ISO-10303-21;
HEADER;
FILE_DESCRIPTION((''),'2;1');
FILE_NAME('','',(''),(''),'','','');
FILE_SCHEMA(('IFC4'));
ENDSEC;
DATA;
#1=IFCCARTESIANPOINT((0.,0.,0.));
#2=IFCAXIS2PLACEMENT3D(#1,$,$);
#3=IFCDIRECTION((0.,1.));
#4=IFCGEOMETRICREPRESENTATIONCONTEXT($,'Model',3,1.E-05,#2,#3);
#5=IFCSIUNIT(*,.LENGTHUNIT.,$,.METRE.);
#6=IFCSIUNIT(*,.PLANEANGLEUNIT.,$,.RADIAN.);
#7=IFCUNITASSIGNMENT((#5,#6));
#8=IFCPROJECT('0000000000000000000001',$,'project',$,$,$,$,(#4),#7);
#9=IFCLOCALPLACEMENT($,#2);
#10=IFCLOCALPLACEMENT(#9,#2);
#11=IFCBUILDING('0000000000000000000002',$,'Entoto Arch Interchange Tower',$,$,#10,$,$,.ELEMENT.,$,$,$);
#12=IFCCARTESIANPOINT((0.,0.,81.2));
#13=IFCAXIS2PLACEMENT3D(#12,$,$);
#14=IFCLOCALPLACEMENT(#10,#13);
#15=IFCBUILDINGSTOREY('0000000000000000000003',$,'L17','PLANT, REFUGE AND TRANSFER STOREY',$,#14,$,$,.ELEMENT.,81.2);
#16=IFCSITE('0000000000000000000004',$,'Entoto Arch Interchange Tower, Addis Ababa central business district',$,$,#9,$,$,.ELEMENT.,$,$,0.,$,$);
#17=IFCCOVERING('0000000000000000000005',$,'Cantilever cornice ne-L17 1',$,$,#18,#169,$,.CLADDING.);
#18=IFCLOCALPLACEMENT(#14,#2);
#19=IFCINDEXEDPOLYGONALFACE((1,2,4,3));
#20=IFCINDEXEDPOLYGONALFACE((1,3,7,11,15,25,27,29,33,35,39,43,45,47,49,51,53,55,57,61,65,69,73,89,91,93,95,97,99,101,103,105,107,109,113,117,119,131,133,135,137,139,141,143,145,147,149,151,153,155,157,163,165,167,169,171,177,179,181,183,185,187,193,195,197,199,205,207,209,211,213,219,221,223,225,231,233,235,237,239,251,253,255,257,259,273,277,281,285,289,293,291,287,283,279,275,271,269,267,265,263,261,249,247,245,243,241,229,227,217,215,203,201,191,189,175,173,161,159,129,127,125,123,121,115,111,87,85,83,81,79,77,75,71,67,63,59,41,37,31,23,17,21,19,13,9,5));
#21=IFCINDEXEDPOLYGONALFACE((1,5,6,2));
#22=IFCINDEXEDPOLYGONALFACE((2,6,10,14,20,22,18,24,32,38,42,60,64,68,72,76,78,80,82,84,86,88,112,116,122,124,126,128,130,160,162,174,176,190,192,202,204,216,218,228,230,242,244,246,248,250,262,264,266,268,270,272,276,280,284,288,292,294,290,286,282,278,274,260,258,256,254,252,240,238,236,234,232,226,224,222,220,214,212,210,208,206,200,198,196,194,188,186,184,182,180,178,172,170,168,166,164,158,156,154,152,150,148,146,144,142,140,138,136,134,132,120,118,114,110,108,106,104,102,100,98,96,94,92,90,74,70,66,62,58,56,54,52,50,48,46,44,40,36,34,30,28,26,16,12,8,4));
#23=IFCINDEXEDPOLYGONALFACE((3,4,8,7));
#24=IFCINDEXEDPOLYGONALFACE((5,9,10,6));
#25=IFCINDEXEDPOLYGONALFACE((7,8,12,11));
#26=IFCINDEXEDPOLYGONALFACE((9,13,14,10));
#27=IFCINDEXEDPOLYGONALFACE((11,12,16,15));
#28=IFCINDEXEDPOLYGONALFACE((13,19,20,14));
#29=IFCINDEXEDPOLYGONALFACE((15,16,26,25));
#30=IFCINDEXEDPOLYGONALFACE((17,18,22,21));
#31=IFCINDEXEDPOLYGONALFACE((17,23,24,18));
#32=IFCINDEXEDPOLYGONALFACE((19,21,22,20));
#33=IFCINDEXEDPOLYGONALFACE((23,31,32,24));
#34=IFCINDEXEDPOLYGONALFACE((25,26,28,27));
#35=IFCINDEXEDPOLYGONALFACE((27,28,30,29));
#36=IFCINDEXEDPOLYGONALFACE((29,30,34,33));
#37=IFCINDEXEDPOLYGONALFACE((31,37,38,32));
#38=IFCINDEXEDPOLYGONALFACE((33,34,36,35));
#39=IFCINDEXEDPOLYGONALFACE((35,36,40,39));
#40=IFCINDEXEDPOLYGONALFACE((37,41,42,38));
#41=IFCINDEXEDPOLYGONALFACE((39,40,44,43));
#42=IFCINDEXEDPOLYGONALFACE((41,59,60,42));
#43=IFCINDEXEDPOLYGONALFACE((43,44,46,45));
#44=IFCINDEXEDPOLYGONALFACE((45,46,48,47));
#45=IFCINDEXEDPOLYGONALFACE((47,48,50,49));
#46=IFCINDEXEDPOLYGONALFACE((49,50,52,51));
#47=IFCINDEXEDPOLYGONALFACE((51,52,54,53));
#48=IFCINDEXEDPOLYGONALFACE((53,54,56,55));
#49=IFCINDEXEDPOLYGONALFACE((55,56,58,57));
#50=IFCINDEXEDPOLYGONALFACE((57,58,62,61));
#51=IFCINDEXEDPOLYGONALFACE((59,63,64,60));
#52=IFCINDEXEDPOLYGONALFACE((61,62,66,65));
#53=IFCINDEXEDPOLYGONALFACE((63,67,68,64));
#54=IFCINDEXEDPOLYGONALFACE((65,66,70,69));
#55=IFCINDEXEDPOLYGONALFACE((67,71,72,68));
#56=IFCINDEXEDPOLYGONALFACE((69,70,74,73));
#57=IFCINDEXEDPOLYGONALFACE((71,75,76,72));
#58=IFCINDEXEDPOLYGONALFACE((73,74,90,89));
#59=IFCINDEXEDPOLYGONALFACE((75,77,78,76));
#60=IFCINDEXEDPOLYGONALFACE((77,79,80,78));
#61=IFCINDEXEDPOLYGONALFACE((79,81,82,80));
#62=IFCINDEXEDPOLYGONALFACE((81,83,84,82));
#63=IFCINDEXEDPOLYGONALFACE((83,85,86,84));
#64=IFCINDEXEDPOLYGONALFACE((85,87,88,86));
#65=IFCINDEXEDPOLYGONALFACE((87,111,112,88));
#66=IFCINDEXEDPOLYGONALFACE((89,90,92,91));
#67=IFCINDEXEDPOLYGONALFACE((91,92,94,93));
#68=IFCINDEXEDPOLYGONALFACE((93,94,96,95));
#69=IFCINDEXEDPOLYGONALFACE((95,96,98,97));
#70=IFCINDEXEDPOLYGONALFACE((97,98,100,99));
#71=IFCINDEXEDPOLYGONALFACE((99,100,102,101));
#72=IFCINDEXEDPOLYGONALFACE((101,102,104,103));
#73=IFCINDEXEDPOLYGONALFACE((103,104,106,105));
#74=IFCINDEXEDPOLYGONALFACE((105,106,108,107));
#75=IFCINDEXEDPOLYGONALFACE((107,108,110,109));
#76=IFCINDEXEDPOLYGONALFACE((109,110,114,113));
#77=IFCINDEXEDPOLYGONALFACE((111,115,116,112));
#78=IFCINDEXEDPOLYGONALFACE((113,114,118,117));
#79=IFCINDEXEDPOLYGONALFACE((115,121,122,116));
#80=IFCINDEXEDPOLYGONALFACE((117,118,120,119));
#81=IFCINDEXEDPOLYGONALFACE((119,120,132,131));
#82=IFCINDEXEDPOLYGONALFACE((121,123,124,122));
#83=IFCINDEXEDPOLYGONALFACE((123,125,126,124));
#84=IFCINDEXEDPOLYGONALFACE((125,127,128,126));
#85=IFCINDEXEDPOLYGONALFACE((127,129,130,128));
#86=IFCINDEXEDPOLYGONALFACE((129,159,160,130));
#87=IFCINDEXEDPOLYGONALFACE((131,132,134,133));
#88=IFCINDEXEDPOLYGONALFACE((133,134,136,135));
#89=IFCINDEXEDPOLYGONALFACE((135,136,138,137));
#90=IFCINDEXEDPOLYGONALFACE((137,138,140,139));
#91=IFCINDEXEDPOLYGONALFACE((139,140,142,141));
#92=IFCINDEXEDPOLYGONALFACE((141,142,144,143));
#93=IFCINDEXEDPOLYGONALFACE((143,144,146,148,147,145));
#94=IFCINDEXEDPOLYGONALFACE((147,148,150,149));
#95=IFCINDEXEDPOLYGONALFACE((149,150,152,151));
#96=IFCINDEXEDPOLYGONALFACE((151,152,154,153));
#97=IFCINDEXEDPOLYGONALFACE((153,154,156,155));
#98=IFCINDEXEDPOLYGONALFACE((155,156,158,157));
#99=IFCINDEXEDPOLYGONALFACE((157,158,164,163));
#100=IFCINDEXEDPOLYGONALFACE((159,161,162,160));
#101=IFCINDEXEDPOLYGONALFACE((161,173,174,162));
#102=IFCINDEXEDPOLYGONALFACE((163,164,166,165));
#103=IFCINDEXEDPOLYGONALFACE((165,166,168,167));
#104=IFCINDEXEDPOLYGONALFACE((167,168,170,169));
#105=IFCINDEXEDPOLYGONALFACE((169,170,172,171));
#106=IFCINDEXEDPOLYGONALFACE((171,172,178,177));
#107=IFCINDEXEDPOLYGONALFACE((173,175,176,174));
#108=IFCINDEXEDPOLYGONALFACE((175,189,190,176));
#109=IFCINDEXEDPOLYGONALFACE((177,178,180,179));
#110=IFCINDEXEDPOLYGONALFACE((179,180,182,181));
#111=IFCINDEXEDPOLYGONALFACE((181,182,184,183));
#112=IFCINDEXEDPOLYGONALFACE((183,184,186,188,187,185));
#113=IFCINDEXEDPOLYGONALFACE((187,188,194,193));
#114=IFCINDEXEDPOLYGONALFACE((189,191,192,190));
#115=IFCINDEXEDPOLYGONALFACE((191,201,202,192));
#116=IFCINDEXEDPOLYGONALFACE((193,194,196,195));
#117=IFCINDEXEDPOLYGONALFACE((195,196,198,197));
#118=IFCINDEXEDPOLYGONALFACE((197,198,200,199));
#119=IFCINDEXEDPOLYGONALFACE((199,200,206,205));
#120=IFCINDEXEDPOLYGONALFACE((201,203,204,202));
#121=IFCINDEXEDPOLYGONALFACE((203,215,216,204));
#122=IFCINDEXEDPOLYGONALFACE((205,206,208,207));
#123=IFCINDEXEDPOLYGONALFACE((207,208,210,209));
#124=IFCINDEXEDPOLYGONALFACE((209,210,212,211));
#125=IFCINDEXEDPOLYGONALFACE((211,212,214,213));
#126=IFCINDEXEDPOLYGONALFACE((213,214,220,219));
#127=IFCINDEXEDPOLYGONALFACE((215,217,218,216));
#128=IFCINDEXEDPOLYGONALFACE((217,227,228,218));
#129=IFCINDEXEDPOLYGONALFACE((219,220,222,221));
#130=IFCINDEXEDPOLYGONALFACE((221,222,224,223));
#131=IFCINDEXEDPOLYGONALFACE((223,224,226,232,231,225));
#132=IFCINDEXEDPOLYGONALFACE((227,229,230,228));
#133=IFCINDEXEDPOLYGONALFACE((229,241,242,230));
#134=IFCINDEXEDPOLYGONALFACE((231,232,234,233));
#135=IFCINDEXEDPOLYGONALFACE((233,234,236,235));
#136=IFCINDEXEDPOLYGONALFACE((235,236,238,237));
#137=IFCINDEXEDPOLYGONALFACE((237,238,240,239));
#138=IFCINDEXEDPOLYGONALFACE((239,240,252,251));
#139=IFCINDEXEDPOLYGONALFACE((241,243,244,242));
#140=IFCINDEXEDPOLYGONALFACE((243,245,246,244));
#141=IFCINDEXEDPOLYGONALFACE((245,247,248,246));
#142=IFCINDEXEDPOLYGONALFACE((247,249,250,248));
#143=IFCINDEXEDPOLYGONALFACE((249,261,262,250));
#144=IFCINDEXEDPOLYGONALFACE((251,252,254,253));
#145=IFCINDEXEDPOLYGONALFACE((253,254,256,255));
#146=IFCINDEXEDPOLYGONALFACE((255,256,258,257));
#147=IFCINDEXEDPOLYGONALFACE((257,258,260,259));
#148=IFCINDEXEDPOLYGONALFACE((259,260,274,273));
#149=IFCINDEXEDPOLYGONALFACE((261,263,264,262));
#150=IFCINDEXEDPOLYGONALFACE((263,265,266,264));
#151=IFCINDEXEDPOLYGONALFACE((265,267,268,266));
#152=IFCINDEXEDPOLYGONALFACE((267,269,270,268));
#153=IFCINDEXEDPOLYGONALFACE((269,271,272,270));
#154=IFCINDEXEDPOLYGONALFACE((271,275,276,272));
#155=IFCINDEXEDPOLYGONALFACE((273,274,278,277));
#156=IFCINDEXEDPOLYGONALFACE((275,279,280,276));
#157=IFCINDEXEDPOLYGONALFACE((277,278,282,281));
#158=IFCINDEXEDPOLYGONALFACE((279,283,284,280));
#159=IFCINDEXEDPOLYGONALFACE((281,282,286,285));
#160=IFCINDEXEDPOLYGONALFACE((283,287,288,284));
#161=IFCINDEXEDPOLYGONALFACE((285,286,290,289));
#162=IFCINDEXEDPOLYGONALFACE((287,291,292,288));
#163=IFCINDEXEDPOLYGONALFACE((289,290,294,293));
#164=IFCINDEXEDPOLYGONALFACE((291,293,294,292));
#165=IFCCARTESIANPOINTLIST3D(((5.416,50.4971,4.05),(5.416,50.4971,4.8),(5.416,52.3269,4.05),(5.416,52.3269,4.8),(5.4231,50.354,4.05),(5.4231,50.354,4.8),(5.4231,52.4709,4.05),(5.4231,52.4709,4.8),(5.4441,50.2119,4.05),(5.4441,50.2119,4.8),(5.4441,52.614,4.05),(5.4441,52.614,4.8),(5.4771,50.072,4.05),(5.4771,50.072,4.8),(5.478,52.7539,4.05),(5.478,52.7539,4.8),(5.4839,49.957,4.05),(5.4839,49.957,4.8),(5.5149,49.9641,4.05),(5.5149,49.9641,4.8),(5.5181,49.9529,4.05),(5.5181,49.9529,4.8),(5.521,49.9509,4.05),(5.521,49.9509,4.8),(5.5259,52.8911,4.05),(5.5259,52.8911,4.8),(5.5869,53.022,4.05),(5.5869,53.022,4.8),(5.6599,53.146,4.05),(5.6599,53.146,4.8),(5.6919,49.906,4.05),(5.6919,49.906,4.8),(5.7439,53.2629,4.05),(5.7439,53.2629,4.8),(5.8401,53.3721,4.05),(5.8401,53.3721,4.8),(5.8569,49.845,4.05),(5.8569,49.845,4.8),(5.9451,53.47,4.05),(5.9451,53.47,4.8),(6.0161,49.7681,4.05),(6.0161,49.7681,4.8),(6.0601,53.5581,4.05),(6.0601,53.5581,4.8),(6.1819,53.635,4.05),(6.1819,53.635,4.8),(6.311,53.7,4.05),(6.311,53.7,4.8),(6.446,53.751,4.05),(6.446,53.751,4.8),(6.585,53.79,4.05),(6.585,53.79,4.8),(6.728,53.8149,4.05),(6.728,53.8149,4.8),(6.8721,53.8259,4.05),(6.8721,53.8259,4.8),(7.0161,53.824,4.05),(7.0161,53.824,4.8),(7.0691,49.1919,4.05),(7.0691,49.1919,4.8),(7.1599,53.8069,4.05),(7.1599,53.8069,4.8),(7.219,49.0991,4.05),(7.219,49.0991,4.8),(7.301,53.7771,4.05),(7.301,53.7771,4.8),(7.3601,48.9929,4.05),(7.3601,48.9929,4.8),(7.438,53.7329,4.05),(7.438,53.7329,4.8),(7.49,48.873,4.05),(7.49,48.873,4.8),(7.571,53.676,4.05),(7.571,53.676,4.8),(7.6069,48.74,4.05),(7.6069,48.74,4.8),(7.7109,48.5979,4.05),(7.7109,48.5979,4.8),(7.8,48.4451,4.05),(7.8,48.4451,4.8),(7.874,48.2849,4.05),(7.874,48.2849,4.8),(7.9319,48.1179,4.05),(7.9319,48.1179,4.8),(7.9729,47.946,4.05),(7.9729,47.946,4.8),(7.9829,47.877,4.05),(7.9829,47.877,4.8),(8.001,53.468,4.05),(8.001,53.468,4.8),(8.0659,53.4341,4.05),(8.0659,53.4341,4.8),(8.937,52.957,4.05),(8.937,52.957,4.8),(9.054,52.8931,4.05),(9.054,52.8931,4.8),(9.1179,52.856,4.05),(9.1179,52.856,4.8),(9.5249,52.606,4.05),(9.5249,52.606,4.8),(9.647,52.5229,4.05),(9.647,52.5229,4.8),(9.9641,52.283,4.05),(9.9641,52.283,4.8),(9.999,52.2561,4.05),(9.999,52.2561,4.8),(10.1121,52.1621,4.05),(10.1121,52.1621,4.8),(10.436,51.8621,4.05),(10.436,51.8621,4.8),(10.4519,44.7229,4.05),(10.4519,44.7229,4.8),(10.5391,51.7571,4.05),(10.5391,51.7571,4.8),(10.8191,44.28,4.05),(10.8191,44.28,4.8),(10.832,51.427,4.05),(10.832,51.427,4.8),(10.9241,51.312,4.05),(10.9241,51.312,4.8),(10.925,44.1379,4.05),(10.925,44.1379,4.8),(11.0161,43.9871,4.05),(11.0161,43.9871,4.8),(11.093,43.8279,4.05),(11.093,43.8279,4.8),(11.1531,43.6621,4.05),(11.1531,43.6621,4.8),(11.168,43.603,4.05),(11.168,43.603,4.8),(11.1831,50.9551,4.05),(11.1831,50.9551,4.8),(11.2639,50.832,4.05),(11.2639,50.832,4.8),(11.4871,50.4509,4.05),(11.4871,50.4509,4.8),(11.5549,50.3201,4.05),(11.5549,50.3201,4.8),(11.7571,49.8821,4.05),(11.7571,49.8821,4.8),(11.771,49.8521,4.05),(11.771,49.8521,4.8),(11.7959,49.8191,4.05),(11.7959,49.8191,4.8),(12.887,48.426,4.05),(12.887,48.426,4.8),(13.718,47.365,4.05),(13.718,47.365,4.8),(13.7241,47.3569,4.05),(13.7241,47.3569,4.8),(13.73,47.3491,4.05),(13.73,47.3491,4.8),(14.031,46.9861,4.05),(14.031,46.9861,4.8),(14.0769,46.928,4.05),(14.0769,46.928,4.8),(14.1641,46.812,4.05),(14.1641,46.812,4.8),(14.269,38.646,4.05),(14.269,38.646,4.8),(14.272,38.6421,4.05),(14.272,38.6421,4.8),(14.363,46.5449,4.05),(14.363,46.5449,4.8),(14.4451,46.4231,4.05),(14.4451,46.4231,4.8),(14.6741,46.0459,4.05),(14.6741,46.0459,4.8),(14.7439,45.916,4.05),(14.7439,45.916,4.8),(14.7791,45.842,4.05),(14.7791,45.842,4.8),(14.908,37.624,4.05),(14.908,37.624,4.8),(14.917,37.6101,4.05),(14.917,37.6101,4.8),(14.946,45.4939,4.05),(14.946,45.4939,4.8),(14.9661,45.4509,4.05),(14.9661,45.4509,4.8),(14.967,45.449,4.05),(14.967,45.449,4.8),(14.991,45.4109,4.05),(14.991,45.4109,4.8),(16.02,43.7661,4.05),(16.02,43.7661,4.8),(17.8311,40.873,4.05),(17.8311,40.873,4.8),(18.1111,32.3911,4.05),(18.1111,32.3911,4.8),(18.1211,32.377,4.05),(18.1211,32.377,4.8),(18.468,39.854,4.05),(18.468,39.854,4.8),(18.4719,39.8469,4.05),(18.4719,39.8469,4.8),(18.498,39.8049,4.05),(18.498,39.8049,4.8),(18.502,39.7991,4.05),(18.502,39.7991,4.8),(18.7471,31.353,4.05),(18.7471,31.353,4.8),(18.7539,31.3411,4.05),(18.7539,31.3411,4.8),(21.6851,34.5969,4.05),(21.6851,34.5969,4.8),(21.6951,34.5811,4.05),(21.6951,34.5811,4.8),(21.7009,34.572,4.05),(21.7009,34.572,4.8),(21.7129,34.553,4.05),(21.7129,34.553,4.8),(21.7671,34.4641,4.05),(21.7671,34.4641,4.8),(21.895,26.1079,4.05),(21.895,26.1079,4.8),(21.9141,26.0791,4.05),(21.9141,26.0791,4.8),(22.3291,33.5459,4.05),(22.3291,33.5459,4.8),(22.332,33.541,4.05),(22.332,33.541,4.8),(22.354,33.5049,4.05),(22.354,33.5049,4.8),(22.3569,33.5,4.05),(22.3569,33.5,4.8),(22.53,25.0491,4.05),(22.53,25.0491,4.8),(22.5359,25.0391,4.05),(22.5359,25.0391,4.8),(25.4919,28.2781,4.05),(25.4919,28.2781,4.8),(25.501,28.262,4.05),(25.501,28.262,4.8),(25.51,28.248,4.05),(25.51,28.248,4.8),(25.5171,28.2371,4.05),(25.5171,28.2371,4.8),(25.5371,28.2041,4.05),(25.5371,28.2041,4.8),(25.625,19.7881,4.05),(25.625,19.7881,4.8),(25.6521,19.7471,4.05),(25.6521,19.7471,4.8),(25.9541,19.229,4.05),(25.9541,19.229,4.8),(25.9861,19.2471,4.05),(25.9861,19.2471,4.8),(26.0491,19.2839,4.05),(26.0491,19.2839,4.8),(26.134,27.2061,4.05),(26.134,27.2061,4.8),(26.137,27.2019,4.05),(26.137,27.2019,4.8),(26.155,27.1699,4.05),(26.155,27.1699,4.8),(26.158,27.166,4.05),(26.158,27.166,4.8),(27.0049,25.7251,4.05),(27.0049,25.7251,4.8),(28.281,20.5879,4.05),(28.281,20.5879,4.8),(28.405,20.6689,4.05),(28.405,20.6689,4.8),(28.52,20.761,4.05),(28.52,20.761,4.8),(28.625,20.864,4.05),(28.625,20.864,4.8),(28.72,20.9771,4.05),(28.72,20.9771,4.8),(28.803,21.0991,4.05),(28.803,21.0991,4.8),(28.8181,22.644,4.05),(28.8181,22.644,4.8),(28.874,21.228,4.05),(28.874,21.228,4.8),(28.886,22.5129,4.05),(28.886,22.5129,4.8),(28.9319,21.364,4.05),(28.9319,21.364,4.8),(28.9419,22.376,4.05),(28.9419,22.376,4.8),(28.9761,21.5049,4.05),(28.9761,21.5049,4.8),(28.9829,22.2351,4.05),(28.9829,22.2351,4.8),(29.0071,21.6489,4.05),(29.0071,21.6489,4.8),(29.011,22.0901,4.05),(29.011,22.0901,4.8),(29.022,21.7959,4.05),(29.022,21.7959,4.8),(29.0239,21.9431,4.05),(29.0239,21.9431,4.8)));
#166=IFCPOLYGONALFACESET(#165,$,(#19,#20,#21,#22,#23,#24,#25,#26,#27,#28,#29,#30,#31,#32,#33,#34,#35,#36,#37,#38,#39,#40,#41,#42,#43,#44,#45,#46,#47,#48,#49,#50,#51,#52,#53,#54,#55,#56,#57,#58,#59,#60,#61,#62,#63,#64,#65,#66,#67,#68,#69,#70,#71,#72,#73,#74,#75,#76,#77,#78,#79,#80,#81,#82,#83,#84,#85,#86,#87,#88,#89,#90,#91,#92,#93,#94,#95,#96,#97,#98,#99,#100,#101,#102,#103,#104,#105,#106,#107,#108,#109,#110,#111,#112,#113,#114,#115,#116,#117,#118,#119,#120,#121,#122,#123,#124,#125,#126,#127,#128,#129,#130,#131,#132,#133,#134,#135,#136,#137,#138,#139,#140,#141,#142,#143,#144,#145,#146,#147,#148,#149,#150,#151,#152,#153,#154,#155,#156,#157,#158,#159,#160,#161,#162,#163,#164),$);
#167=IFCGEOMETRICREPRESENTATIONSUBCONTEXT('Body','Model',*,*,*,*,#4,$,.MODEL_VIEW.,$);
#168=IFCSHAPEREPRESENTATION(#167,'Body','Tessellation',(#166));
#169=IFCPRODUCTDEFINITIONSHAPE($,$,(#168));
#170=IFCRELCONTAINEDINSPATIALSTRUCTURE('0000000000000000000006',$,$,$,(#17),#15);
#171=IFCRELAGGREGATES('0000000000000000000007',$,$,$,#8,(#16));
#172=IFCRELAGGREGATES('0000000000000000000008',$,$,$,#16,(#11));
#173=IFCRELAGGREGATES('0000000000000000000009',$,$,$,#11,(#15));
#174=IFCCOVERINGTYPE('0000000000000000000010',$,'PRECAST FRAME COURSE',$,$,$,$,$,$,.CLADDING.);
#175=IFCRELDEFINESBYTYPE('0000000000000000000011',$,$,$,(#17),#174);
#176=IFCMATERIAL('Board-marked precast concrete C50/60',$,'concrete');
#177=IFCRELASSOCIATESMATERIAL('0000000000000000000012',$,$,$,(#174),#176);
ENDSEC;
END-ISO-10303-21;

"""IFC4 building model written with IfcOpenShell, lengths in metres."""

from ifc_helpers import new_model, si_unit, direction, frame, origin, place, context, subcontext, project, spatial, polyline, outline, extrude, material, type_object, element, save


model = new_model("IFC4")

# Units and contexts
model_context = context("Model", 3, precision=1e-05, world=origin(), true_north=direction((0.0, 1.0)))
body_context = subcontext(model_context, "Body", "Model", "MODEL_VIEW")
ifc_project = project(units=[si_unit("LENGTHUNIT", "METRE"), si_unit("PLANEANGLEUNIT", "RADIAN")], contexts=[model_context])

# Site, building, storey
site_placement = place(None, origin())
site = spatial("IfcSite", under=ifc_project, at=site_placement, Name="Entoto Arch Interchange Tower, Addis Ababa central business district", CompositionType="ELEMENT", RefElevation=0.0)
building_placement = place(site_placement, origin())
building = spatial("IfcBuilding", under=site, at=building_placement, Name="Entoto Arch Interchange Tower", CompositionType="ELEMENT")
storey_placement = place(building_placement, frame((0.0, 0.0, 81.2)))
storey = spatial("IfcBuildingStorey", under=building, at=storey_placement, Name="L17", Description="PLANT, REFUGE AND TRANSFER STOREY", CompositionType="ELEMENT", Elevation=81.2)

# Covering
ifc_material_1 = material(Name="Board-marked precast concrete C50/60", Category="concrete")
covering_type = type_object("IfcCoveringType", Name="PRECAST FRAME COURSE", PredefinedType="CLADDING", material=ifc_material_1)
covering_1_placement = place(storey_placement, frame((0.0, 0.0, 4.05)))
element("IfcCovering", 1, at=covering_1_placement, inside=storey, type_object=covering_type, Name="Cantilever cornice ne-L17 1", PredefinedType="CLADDING", context=body_context, shape_type="SweptSolid", body=[
    extrude(outline(polyline([(5.4771, 50.072), (5.4441, 50.2119), (5.4231, 50.354), (5.416, 50.4971), (5.416, 52.3269), (5.4231, 52.4709), (5.4441, 52.614), (5.478, 52.7539), (5.5259, 52.8911), (5.5869, 53.022), (5.6599, 53.146), (5.7439, 53.2629), (5.8401, 53.3721), (5.9451, 53.47), (6.0601, 53.5581), (6.1819, 53.635), (6.311, 53.7), (6.446, 53.751), (6.585, 53.79), (6.728, 53.8149), (6.8721, 53.8259), (7.0161, 53.824), (7.1599, 53.8069), (7.301, 53.7771), (7.438, 53.7329), (7.571, 53.676), (8.001, 53.468), (8.0659, 53.4341), (8.937, 52.957), (9.054, 52.8931), (9.1179, 52.856), (9.5249, 52.606), (9.647, 52.5229), (9.9641, 52.283), (9.999, 52.2561), (10.1121, 52.1621), (10.436, 51.8621), (10.5391, 51.7571), (10.832, 51.427), (10.9241, 51.312), (11.1831, 50.9551), (11.2639, 50.832), (11.4871, 50.4509), (11.5549, 50.3201), (11.7571, 49.8821), (11.771, 49.8521), (11.771, 49.8521), (11.7959, 49.8191), (12.887, 48.426), (13.718, 47.365), (13.7241, 47.3569), (13.73, 47.3491), (14.031, 46.9861), (14.0769, 46.928), (14.1641, 46.812), (14.363, 46.5449), (14.4451, 46.4231), (14.6741, 46.0459), (14.7439, 45.916), (14.7791, 45.842), (14.946, 45.4939), (14.9661, 45.4509), (14.967, 45.449), (14.991, 45.4109), (16.02, 43.7661), (17.8311, 40.873), (18.468, 39.854), (18.4719, 39.8469), (18.498, 39.8049), (18.502, 39.7991), (21.6851, 34.5969), (21.6951, 34.5811), (21.7009, 34.572), (21.7129, 34.553), (21.7671, 34.4641), (22.3291, 33.5459), (22.332, 33.541), (22.354, 33.5049), (22.3569, 33.5), (25.4919, 28.2781), (25.501, 28.262), (25.51, 28.248), (25.5171, 28.2371), (25.5371, 28.2041), (26.134, 27.2061), (26.137, 27.2019), (26.155, 27.1699), (26.158, 27.166), (27.0049, 25.7251), (28.8181, 22.644), (28.886, 22.5129), (28.9419, 22.376), (28.9829, 22.2351), (29.011, 22.0901), (29.0239, 21.9431), (29.022, 21.7959), (29.0071, 21.6489), (28.9761, 21.5049), (28.9319, 21.364), (28.874, 21.228), (28.803, 21.0991), (28.72, 20.9771), (28.625, 20.864), (28.52, 20.761), (28.405, 20.6689), (28.281, 20.5879), (26.0491, 19.2839), (25.9861, 19.2471), (25.9541, 19.229), (25.6521, 19.7471), (25.625, 19.7881), (22.5359, 25.0391), (22.53, 25.0491), (21.9141, 26.0791), (21.895, 26.1079), (18.7539, 31.3411), (18.7471, 31.353), (18.1211, 32.377), (18.1111, 32.3911), (14.917, 37.6101), (14.908, 37.624), (14.272, 38.6421), (14.269, 38.646), (11.168, 43.603), (11.1531, 43.6621), (11.093, 43.8279), (11.0161, 43.9871), (10.925, 44.1379), (10.8191, 44.28), (10.4519, 44.7229), (7.9829, 47.877), (7.9729, 47.946), (7.9319, 48.1179), (7.874, 48.2849), (7.8, 48.4451), (7.7109, 48.5979), (7.6069, 48.74), (7.49, 48.873), (7.3601, 48.9929), (7.219, 49.0991), (7.0691, 49.1919), (6.0161, 49.7681), (5.8569, 49.845), (5.6919, 49.906), (5.521, 49.9509), (5.4839, 49.957), (5.5181, 49.9529), (5.5149, 49.9641), (5.4771, 50.072)])), origin(), (0.0, 0.0, 1.0), 0.75),
])

save(model, "model.ifc")
